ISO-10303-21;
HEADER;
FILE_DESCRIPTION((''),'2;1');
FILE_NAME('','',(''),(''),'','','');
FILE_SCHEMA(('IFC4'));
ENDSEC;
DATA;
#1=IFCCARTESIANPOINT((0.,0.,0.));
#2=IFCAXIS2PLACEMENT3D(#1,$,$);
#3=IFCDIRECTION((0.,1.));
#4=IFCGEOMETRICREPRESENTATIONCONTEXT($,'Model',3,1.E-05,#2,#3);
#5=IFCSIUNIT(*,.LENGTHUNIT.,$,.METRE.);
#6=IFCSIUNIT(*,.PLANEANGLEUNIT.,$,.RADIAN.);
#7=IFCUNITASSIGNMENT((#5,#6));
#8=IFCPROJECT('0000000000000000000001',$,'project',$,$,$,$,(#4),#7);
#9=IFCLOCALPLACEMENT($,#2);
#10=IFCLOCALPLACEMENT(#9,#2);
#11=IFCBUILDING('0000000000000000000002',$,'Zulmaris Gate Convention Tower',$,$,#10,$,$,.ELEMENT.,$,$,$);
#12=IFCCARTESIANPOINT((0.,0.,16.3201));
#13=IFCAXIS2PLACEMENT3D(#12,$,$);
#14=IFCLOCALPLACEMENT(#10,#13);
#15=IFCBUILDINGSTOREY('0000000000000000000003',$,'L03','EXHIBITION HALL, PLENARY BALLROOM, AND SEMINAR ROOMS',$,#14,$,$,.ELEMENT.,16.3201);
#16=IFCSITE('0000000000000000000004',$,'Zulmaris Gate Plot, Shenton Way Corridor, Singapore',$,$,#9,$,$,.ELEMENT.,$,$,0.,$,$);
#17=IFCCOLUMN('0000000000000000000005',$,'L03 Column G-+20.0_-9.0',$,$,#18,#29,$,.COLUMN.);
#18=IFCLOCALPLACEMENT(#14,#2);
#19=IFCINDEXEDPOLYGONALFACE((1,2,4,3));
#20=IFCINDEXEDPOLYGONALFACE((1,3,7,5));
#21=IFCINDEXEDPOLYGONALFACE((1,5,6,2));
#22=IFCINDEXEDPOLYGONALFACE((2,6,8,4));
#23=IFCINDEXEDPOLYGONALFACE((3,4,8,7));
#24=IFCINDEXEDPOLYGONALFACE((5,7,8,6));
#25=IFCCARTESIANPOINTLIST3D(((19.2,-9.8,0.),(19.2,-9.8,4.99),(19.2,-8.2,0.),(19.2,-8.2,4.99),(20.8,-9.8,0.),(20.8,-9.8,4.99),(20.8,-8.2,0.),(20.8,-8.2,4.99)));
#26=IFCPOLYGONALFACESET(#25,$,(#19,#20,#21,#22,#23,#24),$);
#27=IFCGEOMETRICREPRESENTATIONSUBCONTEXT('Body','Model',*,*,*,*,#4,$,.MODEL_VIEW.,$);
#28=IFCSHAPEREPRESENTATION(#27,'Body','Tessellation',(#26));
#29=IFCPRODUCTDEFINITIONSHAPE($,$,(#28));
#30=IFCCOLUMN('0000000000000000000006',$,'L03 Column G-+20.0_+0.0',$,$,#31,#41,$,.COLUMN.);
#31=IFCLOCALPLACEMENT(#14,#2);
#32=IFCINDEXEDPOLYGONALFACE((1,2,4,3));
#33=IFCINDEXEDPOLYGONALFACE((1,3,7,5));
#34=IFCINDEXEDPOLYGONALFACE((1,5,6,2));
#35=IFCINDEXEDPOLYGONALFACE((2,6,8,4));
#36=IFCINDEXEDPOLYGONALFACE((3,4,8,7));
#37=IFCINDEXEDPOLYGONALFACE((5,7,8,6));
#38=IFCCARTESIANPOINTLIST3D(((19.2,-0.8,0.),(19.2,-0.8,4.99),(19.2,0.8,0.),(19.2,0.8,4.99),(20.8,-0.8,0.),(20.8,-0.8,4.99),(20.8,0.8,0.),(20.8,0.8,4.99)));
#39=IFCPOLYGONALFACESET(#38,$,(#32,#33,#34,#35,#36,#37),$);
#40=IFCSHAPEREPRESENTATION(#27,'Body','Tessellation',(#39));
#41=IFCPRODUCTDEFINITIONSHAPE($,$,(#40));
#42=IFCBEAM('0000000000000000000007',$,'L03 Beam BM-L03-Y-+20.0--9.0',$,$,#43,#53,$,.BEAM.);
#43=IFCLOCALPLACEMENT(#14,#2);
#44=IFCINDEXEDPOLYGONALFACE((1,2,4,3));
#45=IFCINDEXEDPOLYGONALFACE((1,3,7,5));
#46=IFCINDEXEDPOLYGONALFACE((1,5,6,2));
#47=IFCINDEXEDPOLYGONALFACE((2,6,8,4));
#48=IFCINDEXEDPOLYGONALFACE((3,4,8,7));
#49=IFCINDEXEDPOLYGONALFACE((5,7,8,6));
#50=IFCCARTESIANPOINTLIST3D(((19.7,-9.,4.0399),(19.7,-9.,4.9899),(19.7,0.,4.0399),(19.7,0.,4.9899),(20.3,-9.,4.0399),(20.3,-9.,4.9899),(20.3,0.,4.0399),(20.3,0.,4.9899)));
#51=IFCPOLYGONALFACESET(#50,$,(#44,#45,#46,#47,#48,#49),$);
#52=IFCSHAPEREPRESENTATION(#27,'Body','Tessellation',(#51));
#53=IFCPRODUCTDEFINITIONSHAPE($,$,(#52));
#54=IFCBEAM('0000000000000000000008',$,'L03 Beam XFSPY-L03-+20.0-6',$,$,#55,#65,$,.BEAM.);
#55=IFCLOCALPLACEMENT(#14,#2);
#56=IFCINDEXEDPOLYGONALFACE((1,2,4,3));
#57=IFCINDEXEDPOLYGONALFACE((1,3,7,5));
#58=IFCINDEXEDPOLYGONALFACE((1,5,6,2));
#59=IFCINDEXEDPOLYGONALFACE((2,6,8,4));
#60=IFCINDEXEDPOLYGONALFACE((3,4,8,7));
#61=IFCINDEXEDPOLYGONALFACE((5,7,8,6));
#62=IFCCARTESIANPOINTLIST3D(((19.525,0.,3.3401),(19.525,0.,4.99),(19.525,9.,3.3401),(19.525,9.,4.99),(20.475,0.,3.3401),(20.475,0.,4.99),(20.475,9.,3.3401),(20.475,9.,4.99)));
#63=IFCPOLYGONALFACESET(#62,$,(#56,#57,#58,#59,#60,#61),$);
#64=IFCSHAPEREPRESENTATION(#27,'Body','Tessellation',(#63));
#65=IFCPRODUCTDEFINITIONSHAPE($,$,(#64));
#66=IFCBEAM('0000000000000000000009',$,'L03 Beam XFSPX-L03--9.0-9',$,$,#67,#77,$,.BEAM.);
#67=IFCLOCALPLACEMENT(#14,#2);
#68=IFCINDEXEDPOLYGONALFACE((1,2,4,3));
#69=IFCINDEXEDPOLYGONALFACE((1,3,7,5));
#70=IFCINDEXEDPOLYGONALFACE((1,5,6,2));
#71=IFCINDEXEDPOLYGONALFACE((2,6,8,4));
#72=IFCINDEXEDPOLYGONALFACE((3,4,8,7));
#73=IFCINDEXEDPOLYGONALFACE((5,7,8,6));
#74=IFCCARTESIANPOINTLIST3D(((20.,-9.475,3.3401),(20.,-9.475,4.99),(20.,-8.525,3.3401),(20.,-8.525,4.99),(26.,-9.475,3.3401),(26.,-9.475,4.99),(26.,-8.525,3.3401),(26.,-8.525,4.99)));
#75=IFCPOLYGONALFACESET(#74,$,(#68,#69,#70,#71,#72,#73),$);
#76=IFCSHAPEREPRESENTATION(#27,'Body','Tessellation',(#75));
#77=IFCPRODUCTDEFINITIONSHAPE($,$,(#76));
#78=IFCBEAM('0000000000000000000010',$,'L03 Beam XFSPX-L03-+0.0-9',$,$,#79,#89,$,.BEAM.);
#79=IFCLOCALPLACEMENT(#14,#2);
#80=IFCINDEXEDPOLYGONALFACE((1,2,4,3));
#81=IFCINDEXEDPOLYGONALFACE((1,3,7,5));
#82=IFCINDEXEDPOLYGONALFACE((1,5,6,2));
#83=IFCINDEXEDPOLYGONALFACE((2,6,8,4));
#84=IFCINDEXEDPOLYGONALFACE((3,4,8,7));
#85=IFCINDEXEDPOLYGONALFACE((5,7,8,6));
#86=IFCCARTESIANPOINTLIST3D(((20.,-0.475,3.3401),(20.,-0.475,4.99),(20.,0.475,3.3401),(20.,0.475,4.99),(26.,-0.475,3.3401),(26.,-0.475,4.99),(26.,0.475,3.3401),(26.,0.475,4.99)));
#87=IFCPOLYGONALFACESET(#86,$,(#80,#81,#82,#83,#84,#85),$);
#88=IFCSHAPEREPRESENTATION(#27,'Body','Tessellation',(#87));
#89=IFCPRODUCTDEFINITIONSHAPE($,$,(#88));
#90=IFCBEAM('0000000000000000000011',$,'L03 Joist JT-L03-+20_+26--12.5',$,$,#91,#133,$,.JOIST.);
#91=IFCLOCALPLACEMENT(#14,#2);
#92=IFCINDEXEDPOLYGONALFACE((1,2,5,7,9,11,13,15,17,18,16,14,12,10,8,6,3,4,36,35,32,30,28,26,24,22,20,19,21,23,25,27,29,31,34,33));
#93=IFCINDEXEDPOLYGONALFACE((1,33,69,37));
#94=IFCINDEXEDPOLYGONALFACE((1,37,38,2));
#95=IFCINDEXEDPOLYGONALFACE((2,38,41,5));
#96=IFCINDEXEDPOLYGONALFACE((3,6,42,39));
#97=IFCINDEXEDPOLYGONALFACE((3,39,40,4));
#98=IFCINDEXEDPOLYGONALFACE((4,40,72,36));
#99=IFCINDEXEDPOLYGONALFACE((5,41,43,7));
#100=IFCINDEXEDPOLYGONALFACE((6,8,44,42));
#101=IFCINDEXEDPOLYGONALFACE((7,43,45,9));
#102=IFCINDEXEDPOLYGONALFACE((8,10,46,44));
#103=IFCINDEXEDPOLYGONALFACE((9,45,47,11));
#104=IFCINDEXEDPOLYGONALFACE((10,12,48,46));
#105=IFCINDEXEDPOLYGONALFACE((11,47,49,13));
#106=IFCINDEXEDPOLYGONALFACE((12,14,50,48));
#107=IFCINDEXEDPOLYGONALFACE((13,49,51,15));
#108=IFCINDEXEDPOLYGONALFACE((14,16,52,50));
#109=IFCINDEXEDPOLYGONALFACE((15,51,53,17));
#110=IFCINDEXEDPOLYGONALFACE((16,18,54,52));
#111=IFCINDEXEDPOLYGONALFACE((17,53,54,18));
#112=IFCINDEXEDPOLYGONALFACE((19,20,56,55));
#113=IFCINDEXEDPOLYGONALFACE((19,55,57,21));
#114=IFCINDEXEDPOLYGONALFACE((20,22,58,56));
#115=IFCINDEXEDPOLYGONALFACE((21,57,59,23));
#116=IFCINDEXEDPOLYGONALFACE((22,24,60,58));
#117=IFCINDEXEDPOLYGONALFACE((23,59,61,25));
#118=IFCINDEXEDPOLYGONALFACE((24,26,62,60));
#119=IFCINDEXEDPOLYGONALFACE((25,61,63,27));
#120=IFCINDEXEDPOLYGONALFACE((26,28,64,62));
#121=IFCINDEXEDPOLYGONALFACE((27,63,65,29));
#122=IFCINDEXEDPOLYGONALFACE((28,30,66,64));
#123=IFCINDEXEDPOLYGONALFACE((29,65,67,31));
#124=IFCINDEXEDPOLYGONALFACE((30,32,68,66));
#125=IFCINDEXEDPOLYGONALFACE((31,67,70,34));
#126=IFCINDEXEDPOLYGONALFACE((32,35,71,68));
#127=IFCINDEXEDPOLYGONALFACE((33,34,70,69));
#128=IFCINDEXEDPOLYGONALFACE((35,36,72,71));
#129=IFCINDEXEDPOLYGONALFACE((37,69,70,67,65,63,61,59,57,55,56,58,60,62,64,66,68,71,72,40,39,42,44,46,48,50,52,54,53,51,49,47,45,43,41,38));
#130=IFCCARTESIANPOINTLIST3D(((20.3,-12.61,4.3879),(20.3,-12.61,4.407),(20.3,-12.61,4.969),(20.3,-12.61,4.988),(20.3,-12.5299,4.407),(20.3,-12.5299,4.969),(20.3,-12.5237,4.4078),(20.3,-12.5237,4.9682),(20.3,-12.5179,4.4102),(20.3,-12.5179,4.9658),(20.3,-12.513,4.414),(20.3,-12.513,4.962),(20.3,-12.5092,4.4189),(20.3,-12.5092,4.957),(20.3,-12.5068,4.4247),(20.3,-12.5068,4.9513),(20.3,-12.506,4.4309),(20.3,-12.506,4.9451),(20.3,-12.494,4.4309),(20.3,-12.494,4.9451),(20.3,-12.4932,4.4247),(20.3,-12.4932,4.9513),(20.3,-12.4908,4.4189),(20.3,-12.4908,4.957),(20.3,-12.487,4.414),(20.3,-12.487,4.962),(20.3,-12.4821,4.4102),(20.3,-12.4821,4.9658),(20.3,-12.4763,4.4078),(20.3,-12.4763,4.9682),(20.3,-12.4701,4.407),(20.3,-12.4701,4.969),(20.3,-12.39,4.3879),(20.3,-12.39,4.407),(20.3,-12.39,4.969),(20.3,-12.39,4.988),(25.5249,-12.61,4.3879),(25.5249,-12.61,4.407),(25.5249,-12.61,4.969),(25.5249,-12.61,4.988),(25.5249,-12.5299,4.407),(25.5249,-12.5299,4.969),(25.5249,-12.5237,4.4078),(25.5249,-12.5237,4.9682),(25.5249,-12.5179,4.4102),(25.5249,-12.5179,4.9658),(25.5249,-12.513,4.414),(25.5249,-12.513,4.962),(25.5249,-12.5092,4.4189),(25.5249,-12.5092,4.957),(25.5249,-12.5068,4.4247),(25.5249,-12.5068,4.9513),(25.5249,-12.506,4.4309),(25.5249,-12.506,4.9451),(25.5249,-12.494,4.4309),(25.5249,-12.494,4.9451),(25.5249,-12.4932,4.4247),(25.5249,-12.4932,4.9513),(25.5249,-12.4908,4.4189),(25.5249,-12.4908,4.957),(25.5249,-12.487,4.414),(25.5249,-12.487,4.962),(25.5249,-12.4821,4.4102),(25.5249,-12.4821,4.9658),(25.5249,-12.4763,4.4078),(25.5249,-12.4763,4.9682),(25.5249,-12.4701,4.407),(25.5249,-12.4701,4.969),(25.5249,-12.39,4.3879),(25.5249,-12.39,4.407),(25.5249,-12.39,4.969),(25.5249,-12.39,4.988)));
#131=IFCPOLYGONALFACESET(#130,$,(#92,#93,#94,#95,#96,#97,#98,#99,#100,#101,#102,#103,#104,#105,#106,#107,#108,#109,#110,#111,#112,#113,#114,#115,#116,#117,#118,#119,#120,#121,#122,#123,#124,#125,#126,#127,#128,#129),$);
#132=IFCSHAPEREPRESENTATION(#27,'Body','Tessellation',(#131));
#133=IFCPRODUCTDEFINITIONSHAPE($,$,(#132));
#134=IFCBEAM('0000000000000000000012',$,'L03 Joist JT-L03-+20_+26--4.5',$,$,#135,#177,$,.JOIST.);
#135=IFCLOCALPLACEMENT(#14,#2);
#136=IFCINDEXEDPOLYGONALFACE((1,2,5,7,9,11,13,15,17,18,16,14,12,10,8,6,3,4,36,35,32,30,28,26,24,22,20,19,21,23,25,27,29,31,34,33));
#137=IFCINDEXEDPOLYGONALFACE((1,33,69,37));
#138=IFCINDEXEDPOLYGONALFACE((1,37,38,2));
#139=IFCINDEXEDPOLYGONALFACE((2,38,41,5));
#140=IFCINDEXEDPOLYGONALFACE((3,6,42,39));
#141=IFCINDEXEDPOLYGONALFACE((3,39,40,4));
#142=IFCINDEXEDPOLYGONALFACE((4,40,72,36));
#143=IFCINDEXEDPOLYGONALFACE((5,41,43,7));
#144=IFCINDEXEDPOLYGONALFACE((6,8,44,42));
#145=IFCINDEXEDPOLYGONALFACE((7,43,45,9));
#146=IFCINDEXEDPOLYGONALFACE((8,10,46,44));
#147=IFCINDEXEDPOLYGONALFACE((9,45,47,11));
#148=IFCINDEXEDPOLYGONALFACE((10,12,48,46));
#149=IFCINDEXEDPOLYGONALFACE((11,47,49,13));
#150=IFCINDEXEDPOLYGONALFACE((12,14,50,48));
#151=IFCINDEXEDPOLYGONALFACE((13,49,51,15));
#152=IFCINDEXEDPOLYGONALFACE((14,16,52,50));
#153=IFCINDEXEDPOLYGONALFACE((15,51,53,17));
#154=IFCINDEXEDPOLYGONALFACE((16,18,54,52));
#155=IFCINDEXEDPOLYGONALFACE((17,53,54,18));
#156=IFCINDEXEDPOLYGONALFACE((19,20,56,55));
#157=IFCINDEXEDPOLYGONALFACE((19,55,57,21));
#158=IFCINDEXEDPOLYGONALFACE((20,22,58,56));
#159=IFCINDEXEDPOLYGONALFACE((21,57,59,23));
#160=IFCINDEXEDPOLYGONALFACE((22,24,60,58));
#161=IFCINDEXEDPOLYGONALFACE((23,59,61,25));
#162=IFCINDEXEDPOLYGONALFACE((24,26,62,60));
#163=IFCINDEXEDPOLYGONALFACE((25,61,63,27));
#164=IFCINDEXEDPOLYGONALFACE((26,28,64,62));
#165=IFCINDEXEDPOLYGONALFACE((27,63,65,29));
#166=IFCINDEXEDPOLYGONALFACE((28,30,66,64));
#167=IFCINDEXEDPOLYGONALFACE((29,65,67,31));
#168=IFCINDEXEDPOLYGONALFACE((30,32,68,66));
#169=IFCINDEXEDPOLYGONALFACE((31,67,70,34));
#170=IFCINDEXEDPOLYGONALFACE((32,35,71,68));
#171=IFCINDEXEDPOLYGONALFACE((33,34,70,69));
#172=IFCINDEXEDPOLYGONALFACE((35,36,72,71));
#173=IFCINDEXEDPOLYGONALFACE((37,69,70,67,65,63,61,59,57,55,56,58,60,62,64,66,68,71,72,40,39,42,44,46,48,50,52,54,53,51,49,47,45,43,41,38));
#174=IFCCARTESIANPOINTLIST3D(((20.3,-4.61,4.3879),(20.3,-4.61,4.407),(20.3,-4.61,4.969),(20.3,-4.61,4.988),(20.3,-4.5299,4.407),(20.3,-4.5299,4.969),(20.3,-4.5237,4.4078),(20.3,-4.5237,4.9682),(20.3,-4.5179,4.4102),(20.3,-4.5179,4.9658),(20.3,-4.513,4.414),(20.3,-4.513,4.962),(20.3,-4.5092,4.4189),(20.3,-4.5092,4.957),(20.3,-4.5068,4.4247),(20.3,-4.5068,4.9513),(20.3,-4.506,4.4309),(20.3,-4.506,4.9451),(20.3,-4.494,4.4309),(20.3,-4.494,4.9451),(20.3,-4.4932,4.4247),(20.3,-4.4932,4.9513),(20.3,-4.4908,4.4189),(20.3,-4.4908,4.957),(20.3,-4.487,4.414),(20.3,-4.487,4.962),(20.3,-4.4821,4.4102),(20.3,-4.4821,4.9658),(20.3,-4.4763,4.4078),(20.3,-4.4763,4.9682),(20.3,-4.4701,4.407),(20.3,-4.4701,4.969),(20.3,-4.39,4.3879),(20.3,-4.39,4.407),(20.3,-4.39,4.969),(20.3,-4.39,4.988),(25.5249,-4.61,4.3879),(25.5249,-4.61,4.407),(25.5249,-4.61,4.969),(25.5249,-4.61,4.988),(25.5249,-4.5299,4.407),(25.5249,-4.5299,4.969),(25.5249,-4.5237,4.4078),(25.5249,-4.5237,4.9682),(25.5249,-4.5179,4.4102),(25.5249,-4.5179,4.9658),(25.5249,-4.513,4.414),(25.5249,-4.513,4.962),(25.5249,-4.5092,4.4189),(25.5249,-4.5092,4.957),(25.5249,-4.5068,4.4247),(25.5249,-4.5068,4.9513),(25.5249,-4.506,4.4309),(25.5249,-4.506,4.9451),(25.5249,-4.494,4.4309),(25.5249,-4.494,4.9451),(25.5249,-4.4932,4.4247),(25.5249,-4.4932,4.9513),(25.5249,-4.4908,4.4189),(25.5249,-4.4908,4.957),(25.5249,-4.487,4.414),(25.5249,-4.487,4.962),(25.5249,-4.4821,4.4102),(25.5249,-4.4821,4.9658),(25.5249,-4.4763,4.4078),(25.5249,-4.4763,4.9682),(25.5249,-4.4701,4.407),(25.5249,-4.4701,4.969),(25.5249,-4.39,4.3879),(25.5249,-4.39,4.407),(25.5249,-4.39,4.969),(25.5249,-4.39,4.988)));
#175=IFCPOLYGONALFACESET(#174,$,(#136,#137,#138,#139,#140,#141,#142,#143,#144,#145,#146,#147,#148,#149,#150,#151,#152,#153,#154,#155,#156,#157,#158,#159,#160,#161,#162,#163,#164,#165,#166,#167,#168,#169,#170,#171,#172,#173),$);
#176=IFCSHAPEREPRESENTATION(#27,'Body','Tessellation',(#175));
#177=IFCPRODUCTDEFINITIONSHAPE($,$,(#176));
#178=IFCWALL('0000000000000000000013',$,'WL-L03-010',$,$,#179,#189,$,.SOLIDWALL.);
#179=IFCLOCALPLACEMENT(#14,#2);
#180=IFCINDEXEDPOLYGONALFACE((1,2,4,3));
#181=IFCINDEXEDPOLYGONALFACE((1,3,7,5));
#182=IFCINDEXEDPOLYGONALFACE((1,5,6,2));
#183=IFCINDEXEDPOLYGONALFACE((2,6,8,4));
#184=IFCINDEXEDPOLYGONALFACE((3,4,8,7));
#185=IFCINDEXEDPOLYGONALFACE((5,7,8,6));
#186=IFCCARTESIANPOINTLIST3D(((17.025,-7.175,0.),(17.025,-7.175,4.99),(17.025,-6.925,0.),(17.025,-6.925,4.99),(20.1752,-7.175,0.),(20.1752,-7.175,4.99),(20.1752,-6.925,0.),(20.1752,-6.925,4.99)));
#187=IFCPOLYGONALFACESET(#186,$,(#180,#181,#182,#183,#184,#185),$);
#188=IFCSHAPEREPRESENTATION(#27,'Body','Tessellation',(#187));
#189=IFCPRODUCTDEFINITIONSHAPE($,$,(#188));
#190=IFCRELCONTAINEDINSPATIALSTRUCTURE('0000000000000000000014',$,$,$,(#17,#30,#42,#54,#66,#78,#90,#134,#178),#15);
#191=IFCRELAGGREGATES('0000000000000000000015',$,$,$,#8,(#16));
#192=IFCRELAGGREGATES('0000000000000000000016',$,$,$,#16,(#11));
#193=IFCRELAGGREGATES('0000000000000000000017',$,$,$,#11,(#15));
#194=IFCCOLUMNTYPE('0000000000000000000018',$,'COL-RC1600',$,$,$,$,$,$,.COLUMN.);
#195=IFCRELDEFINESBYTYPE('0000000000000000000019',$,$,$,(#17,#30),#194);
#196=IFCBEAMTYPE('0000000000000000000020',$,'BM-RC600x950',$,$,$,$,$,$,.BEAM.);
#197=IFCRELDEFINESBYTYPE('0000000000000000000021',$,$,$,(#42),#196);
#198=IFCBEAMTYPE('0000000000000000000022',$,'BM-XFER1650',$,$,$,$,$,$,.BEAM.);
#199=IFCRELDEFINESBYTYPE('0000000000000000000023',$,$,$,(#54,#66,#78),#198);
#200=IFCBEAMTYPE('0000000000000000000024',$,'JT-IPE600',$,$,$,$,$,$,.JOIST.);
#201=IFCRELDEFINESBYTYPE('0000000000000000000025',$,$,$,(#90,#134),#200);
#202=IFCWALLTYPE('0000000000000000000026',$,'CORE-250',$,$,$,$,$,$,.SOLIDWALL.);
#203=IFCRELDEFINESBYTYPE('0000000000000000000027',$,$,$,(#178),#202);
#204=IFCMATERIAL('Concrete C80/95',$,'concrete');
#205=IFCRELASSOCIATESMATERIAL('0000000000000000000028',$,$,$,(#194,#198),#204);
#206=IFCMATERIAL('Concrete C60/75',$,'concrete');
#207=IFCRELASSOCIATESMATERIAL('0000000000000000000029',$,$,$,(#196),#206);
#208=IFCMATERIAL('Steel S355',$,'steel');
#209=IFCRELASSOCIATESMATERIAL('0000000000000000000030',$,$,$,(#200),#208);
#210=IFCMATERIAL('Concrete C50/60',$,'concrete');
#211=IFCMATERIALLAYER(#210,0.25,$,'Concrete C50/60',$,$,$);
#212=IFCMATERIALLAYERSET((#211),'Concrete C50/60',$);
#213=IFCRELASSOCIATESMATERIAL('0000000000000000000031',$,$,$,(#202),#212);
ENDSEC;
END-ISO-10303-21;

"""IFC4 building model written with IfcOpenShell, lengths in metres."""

from ifc_helpers import new_model, si_unit, direction, frame, frame_2d, origin, origin_2d, place, context, subcontext, project, spatial, rectangle, i_section, extrude, material, layer, layer_set, material_profile, profile_set, type_object, element, save


model = new_model("IFC4")

# Units and contexts
model_context = context("Model", 3, precision=1e-05, world=origin(), true_north=direction((0.0, 1.0)))
body_context = subcontext(model_context, "Body", "Model", "MODEL_VIEW")
ifc_project = project(units=[si_unit("LENGTHUNIT", "METRE"), si_unit("PLANEANGLEUNIT", "RADIAN")], contexts=[model_context])

# Site, building, storey
site_placement = place(None, origin())
site = spatial("IfcSite", under=ifc_project, at=site_placement, Name="Zulmaris Gate Plot, Shenton Way Corridor, Singapore", CompositionType="ELEMENT", RefElevation=0.0)
building_placement = place(site_placement, origin())
building = spatial("IfcBuilding", under=site, at=building_placement, Name="Zulmaris Gate Convention Tower", CompositionType="ELEMENT")
storey_placement = place(building_placement, frame((0.0, 0.0, 16.3201)))
storey = spatial("IfcBuildingStorey", under=building, at=storey_placement, Name="L03", Description="EXHIBITION HALL, PLENARY BALLROOM, AND SEMINAR ROOMS", CompositionType="ELEMENT", Elevation=16.3201)

# Columns
ifc_material_1 = material(Name="Concrete C80/95", Category="concrete")
ifc_material_profile_1 = material_profile(ifc_material_1, rectangle(XDim=1.6001, YDim=1.6001, at=origin_2d()), Name="RC COL 1600x1600")
ifc_profile_set_1 = profile_set([ifc_material_profile_1], Name="Concrete C80/95")
column_type = type_object("IfcColumnType", Name="COL-RC1600", PredefinedType="COLUMN", material=ifc_profile_set_1)
for number, where, z_axis, x_axis, name in (
    (1, (20.0, -9.0, 0.0), (0.0, 0.0, 1.0), (1.0, 0.0, 0.0), "L03 Column G-+20.0_-9.0"),
    (2, (20.0, 0.0, 0.0), (0.0, 0.0, 1.0), (1.0, 0.0, 0.0), "L03 Column G-+20.0_+0.0"),
):
    element("IfcColumn", number, at=place(storey_placement, frame(where, z_axis=z_axis, x_axis=x_axis)), inside=storey, type_object=column_type, Name=name, PredefinedType="COLUMN", context=body_context, shape_type="SweptSolid", body=[
        extrude(rectangle(XDim=1.6001, YDim=1.6001, at=origin_2d()), origin(), (0.0, 0.0, 1.0), 4.99),
    ])

# Beams
ifc_material_2 = material(Name="Concrete C60/75", Category="concrete")
ifc_material_profile_2 = material_profile(ifc_material_2, rectangle(XDim=0.6001, YDim=0.95, at=origin_2d()), Name="RC BEAM 600x950")
ifc_profile_set_2 = profile_set([ifc_material_profile_2], Name="Concrete C60/75")
beam_type_1 = type_object("IfcBeamType", Name="BM-RC600x950", PredefinedType="BEAM", material=ifc_profile_set_2)
beam_1_placement = place(storey_placement, frame((20.0, -9.0, 4.5149), z_axis=(0.0, 1.0, 0.0), x_axis=(-1.0, 0.0, 0.0)))
element("IfcBeam", 3, at=beam_1_placement, inside=storey, type_object=beam_type_1, Name="L03 Beam BM-L03-Y-+20.0--9.0", PredefinedType="BEAM", context=body_context, shape_type="SweptSolid", body=[
    extrude(rectangle(XDim=0.6001, YDim=0.95, at=origin_2d()), origin(), (0.0, 0.0, 1.0), 9.0),
])
ifc_material_profile_3 = material_profile(ifc_material_1, rectangle(XDim=0.95, YDim=1.6499, at=origin_2d()), Name="RC TRANSFER 950x1650")
ifc_profile_set_3 = profile_set([ifc_material_profile_3], Name="Concrete C80/95")
beam_type_2 = type_object("IfcBeamType", Name="BM-XFER1650", PredefinedType="BEAM", material=ifc_profile_set_3)
beam_2_placement = place(storey_placement, frame((20.0, 0.0, 4.165), z_axis=(0.0, 1.0, 0.0), x_axis=(-1.0, 0.0, 0.0)))
element("IfcBeam", 4, at=beam_2_placement, inside=storey, type_object=beam_type_2, Name="L03 Beam XFSPY-L03-+20.0-6", PredefinedType="BEAM", context=body_context, shape_type="SweptSolid", body=[
    extrude(rectangle(XDim=0.95, YDim=1.6499, at=origin_2d()), origin(), (0.0, 0.0, 1.0), 9.0),
])
for number, where, z_axis, x_axis, name in (
    (5, (20.0, -9.0, 4.165), (1.0, 0.0, 0.0), (0.0, 1.0, 0.0), "L03 Beam XFSPX-L03--9.0-9"),
    (6, (20.0, 0.0, 4.165), (1.0, 0.0, 0.0), (0.0, 1.0, 0.0), "L03 Beam XFSPX-L03-+0.0-9"),
):
    element("IfcBeam", number, at=place(storey_placement, frame(where, z_axis=z_axis, x_axis=x_axis)), inside=storey, type_object=beam_type_2, Name=name, PredefinedType="BEAM", context=body_context, shape_type="SweptSolid", body=[
        extrude(rectangle(XDim=0.95, YDim=1.6499, at=origin_2d()), origin(), (0.0, 0.0, 1.0), 6.0),
    ])
ifc_material_3 = material(Name="Steel S355", Category="steel")
ifc_material_profile_4 = material_profile(ifc_material_3, i_section(OverallWidth=0.22, OverallDepth=0.6001, WebThickness=0.012, FlangeThickness=0.019, FilletRadius=0.0239, at=origin_2d()), Name="IPE 600")
ifc_profile_set_4 = profile_set([ifc_material_profile_4], Name="Steel S355")
beam_type_3 = type_object("IfcBeamType", Name="JT-IPE600", PredefinedType="JOIST", material=ifc_profile_set_4)
for number, where, z_axis, x_axis, name in (
    (7, (20.3, -12.5, 4.688), (1.0, 0.0, 0.0), (0.0, 1.0, 0.0), "L03 Joist JT-L03-+20_+26--12.5"),
    (8, (20.3, -4.5, 4.688), (1.0, 0.0, 0.0), (0.0, 1.0, 0.0), "L03 Joist JT-L03-+20_+26--4.5"),
):
    element("IfcBeam", number, at=place(storey_placement, frame(where, z_axis=z_axis, x_axis=x_axis)), inside=storey, type_object=beam_type_3, Name=name, PredefinedType="JOIST", context=body_context, shape_type="SweptSolid", body=[
        extrude(i_section(OverallWidth=0.22, OverallDepth=0.6001, WebThickness=0.012, FlangeThickness=0.019, FilletRadius=0.0239, at=origin_2d()), origin(), (0.0, 0.0, 1.0), 5.2249),
    ])

# Wall
ifc_material_4 = material(Name="Concrete C50/60", Category="concrete")
ifc_layer_1 = layer(ifc_material_4, 0.25, Name="Concrete C50/60")
ifc_layer_set_1 = layer_set([ifc_layer_1], Name="Concrete C50/60")
wall_type_1 = type_object("IfcWallType", Name="CORE-250", PredefinedType="SOLIDWALL", material=ifc_layer_set_1)
for number, where, z_axis, x_axis, name in (
    (9, (17.0249, -7.05, 0.0), (0.0, 0.0, 1.0), (1.0, 0.0, 0.0), "WL-L03-010"),
):
    element("IfcWall", number, at=place(storey_placement, frame(where, z_axis=z_axis, x_axis=x_axis)), inside=storey, type_object=wall_type_1, Name=name, PredefinedType="SOLIDWALL", context=body_context, shape_type="SweptSolid", body=[
        extrude(rectangle(XDim=3.1501, YDim=0.25, at=frame_2d((1.5752, 0.0))), origin(), (0.0, 0.0, 1.0), 4.99),
    ])

save(model, "model.ifc")
